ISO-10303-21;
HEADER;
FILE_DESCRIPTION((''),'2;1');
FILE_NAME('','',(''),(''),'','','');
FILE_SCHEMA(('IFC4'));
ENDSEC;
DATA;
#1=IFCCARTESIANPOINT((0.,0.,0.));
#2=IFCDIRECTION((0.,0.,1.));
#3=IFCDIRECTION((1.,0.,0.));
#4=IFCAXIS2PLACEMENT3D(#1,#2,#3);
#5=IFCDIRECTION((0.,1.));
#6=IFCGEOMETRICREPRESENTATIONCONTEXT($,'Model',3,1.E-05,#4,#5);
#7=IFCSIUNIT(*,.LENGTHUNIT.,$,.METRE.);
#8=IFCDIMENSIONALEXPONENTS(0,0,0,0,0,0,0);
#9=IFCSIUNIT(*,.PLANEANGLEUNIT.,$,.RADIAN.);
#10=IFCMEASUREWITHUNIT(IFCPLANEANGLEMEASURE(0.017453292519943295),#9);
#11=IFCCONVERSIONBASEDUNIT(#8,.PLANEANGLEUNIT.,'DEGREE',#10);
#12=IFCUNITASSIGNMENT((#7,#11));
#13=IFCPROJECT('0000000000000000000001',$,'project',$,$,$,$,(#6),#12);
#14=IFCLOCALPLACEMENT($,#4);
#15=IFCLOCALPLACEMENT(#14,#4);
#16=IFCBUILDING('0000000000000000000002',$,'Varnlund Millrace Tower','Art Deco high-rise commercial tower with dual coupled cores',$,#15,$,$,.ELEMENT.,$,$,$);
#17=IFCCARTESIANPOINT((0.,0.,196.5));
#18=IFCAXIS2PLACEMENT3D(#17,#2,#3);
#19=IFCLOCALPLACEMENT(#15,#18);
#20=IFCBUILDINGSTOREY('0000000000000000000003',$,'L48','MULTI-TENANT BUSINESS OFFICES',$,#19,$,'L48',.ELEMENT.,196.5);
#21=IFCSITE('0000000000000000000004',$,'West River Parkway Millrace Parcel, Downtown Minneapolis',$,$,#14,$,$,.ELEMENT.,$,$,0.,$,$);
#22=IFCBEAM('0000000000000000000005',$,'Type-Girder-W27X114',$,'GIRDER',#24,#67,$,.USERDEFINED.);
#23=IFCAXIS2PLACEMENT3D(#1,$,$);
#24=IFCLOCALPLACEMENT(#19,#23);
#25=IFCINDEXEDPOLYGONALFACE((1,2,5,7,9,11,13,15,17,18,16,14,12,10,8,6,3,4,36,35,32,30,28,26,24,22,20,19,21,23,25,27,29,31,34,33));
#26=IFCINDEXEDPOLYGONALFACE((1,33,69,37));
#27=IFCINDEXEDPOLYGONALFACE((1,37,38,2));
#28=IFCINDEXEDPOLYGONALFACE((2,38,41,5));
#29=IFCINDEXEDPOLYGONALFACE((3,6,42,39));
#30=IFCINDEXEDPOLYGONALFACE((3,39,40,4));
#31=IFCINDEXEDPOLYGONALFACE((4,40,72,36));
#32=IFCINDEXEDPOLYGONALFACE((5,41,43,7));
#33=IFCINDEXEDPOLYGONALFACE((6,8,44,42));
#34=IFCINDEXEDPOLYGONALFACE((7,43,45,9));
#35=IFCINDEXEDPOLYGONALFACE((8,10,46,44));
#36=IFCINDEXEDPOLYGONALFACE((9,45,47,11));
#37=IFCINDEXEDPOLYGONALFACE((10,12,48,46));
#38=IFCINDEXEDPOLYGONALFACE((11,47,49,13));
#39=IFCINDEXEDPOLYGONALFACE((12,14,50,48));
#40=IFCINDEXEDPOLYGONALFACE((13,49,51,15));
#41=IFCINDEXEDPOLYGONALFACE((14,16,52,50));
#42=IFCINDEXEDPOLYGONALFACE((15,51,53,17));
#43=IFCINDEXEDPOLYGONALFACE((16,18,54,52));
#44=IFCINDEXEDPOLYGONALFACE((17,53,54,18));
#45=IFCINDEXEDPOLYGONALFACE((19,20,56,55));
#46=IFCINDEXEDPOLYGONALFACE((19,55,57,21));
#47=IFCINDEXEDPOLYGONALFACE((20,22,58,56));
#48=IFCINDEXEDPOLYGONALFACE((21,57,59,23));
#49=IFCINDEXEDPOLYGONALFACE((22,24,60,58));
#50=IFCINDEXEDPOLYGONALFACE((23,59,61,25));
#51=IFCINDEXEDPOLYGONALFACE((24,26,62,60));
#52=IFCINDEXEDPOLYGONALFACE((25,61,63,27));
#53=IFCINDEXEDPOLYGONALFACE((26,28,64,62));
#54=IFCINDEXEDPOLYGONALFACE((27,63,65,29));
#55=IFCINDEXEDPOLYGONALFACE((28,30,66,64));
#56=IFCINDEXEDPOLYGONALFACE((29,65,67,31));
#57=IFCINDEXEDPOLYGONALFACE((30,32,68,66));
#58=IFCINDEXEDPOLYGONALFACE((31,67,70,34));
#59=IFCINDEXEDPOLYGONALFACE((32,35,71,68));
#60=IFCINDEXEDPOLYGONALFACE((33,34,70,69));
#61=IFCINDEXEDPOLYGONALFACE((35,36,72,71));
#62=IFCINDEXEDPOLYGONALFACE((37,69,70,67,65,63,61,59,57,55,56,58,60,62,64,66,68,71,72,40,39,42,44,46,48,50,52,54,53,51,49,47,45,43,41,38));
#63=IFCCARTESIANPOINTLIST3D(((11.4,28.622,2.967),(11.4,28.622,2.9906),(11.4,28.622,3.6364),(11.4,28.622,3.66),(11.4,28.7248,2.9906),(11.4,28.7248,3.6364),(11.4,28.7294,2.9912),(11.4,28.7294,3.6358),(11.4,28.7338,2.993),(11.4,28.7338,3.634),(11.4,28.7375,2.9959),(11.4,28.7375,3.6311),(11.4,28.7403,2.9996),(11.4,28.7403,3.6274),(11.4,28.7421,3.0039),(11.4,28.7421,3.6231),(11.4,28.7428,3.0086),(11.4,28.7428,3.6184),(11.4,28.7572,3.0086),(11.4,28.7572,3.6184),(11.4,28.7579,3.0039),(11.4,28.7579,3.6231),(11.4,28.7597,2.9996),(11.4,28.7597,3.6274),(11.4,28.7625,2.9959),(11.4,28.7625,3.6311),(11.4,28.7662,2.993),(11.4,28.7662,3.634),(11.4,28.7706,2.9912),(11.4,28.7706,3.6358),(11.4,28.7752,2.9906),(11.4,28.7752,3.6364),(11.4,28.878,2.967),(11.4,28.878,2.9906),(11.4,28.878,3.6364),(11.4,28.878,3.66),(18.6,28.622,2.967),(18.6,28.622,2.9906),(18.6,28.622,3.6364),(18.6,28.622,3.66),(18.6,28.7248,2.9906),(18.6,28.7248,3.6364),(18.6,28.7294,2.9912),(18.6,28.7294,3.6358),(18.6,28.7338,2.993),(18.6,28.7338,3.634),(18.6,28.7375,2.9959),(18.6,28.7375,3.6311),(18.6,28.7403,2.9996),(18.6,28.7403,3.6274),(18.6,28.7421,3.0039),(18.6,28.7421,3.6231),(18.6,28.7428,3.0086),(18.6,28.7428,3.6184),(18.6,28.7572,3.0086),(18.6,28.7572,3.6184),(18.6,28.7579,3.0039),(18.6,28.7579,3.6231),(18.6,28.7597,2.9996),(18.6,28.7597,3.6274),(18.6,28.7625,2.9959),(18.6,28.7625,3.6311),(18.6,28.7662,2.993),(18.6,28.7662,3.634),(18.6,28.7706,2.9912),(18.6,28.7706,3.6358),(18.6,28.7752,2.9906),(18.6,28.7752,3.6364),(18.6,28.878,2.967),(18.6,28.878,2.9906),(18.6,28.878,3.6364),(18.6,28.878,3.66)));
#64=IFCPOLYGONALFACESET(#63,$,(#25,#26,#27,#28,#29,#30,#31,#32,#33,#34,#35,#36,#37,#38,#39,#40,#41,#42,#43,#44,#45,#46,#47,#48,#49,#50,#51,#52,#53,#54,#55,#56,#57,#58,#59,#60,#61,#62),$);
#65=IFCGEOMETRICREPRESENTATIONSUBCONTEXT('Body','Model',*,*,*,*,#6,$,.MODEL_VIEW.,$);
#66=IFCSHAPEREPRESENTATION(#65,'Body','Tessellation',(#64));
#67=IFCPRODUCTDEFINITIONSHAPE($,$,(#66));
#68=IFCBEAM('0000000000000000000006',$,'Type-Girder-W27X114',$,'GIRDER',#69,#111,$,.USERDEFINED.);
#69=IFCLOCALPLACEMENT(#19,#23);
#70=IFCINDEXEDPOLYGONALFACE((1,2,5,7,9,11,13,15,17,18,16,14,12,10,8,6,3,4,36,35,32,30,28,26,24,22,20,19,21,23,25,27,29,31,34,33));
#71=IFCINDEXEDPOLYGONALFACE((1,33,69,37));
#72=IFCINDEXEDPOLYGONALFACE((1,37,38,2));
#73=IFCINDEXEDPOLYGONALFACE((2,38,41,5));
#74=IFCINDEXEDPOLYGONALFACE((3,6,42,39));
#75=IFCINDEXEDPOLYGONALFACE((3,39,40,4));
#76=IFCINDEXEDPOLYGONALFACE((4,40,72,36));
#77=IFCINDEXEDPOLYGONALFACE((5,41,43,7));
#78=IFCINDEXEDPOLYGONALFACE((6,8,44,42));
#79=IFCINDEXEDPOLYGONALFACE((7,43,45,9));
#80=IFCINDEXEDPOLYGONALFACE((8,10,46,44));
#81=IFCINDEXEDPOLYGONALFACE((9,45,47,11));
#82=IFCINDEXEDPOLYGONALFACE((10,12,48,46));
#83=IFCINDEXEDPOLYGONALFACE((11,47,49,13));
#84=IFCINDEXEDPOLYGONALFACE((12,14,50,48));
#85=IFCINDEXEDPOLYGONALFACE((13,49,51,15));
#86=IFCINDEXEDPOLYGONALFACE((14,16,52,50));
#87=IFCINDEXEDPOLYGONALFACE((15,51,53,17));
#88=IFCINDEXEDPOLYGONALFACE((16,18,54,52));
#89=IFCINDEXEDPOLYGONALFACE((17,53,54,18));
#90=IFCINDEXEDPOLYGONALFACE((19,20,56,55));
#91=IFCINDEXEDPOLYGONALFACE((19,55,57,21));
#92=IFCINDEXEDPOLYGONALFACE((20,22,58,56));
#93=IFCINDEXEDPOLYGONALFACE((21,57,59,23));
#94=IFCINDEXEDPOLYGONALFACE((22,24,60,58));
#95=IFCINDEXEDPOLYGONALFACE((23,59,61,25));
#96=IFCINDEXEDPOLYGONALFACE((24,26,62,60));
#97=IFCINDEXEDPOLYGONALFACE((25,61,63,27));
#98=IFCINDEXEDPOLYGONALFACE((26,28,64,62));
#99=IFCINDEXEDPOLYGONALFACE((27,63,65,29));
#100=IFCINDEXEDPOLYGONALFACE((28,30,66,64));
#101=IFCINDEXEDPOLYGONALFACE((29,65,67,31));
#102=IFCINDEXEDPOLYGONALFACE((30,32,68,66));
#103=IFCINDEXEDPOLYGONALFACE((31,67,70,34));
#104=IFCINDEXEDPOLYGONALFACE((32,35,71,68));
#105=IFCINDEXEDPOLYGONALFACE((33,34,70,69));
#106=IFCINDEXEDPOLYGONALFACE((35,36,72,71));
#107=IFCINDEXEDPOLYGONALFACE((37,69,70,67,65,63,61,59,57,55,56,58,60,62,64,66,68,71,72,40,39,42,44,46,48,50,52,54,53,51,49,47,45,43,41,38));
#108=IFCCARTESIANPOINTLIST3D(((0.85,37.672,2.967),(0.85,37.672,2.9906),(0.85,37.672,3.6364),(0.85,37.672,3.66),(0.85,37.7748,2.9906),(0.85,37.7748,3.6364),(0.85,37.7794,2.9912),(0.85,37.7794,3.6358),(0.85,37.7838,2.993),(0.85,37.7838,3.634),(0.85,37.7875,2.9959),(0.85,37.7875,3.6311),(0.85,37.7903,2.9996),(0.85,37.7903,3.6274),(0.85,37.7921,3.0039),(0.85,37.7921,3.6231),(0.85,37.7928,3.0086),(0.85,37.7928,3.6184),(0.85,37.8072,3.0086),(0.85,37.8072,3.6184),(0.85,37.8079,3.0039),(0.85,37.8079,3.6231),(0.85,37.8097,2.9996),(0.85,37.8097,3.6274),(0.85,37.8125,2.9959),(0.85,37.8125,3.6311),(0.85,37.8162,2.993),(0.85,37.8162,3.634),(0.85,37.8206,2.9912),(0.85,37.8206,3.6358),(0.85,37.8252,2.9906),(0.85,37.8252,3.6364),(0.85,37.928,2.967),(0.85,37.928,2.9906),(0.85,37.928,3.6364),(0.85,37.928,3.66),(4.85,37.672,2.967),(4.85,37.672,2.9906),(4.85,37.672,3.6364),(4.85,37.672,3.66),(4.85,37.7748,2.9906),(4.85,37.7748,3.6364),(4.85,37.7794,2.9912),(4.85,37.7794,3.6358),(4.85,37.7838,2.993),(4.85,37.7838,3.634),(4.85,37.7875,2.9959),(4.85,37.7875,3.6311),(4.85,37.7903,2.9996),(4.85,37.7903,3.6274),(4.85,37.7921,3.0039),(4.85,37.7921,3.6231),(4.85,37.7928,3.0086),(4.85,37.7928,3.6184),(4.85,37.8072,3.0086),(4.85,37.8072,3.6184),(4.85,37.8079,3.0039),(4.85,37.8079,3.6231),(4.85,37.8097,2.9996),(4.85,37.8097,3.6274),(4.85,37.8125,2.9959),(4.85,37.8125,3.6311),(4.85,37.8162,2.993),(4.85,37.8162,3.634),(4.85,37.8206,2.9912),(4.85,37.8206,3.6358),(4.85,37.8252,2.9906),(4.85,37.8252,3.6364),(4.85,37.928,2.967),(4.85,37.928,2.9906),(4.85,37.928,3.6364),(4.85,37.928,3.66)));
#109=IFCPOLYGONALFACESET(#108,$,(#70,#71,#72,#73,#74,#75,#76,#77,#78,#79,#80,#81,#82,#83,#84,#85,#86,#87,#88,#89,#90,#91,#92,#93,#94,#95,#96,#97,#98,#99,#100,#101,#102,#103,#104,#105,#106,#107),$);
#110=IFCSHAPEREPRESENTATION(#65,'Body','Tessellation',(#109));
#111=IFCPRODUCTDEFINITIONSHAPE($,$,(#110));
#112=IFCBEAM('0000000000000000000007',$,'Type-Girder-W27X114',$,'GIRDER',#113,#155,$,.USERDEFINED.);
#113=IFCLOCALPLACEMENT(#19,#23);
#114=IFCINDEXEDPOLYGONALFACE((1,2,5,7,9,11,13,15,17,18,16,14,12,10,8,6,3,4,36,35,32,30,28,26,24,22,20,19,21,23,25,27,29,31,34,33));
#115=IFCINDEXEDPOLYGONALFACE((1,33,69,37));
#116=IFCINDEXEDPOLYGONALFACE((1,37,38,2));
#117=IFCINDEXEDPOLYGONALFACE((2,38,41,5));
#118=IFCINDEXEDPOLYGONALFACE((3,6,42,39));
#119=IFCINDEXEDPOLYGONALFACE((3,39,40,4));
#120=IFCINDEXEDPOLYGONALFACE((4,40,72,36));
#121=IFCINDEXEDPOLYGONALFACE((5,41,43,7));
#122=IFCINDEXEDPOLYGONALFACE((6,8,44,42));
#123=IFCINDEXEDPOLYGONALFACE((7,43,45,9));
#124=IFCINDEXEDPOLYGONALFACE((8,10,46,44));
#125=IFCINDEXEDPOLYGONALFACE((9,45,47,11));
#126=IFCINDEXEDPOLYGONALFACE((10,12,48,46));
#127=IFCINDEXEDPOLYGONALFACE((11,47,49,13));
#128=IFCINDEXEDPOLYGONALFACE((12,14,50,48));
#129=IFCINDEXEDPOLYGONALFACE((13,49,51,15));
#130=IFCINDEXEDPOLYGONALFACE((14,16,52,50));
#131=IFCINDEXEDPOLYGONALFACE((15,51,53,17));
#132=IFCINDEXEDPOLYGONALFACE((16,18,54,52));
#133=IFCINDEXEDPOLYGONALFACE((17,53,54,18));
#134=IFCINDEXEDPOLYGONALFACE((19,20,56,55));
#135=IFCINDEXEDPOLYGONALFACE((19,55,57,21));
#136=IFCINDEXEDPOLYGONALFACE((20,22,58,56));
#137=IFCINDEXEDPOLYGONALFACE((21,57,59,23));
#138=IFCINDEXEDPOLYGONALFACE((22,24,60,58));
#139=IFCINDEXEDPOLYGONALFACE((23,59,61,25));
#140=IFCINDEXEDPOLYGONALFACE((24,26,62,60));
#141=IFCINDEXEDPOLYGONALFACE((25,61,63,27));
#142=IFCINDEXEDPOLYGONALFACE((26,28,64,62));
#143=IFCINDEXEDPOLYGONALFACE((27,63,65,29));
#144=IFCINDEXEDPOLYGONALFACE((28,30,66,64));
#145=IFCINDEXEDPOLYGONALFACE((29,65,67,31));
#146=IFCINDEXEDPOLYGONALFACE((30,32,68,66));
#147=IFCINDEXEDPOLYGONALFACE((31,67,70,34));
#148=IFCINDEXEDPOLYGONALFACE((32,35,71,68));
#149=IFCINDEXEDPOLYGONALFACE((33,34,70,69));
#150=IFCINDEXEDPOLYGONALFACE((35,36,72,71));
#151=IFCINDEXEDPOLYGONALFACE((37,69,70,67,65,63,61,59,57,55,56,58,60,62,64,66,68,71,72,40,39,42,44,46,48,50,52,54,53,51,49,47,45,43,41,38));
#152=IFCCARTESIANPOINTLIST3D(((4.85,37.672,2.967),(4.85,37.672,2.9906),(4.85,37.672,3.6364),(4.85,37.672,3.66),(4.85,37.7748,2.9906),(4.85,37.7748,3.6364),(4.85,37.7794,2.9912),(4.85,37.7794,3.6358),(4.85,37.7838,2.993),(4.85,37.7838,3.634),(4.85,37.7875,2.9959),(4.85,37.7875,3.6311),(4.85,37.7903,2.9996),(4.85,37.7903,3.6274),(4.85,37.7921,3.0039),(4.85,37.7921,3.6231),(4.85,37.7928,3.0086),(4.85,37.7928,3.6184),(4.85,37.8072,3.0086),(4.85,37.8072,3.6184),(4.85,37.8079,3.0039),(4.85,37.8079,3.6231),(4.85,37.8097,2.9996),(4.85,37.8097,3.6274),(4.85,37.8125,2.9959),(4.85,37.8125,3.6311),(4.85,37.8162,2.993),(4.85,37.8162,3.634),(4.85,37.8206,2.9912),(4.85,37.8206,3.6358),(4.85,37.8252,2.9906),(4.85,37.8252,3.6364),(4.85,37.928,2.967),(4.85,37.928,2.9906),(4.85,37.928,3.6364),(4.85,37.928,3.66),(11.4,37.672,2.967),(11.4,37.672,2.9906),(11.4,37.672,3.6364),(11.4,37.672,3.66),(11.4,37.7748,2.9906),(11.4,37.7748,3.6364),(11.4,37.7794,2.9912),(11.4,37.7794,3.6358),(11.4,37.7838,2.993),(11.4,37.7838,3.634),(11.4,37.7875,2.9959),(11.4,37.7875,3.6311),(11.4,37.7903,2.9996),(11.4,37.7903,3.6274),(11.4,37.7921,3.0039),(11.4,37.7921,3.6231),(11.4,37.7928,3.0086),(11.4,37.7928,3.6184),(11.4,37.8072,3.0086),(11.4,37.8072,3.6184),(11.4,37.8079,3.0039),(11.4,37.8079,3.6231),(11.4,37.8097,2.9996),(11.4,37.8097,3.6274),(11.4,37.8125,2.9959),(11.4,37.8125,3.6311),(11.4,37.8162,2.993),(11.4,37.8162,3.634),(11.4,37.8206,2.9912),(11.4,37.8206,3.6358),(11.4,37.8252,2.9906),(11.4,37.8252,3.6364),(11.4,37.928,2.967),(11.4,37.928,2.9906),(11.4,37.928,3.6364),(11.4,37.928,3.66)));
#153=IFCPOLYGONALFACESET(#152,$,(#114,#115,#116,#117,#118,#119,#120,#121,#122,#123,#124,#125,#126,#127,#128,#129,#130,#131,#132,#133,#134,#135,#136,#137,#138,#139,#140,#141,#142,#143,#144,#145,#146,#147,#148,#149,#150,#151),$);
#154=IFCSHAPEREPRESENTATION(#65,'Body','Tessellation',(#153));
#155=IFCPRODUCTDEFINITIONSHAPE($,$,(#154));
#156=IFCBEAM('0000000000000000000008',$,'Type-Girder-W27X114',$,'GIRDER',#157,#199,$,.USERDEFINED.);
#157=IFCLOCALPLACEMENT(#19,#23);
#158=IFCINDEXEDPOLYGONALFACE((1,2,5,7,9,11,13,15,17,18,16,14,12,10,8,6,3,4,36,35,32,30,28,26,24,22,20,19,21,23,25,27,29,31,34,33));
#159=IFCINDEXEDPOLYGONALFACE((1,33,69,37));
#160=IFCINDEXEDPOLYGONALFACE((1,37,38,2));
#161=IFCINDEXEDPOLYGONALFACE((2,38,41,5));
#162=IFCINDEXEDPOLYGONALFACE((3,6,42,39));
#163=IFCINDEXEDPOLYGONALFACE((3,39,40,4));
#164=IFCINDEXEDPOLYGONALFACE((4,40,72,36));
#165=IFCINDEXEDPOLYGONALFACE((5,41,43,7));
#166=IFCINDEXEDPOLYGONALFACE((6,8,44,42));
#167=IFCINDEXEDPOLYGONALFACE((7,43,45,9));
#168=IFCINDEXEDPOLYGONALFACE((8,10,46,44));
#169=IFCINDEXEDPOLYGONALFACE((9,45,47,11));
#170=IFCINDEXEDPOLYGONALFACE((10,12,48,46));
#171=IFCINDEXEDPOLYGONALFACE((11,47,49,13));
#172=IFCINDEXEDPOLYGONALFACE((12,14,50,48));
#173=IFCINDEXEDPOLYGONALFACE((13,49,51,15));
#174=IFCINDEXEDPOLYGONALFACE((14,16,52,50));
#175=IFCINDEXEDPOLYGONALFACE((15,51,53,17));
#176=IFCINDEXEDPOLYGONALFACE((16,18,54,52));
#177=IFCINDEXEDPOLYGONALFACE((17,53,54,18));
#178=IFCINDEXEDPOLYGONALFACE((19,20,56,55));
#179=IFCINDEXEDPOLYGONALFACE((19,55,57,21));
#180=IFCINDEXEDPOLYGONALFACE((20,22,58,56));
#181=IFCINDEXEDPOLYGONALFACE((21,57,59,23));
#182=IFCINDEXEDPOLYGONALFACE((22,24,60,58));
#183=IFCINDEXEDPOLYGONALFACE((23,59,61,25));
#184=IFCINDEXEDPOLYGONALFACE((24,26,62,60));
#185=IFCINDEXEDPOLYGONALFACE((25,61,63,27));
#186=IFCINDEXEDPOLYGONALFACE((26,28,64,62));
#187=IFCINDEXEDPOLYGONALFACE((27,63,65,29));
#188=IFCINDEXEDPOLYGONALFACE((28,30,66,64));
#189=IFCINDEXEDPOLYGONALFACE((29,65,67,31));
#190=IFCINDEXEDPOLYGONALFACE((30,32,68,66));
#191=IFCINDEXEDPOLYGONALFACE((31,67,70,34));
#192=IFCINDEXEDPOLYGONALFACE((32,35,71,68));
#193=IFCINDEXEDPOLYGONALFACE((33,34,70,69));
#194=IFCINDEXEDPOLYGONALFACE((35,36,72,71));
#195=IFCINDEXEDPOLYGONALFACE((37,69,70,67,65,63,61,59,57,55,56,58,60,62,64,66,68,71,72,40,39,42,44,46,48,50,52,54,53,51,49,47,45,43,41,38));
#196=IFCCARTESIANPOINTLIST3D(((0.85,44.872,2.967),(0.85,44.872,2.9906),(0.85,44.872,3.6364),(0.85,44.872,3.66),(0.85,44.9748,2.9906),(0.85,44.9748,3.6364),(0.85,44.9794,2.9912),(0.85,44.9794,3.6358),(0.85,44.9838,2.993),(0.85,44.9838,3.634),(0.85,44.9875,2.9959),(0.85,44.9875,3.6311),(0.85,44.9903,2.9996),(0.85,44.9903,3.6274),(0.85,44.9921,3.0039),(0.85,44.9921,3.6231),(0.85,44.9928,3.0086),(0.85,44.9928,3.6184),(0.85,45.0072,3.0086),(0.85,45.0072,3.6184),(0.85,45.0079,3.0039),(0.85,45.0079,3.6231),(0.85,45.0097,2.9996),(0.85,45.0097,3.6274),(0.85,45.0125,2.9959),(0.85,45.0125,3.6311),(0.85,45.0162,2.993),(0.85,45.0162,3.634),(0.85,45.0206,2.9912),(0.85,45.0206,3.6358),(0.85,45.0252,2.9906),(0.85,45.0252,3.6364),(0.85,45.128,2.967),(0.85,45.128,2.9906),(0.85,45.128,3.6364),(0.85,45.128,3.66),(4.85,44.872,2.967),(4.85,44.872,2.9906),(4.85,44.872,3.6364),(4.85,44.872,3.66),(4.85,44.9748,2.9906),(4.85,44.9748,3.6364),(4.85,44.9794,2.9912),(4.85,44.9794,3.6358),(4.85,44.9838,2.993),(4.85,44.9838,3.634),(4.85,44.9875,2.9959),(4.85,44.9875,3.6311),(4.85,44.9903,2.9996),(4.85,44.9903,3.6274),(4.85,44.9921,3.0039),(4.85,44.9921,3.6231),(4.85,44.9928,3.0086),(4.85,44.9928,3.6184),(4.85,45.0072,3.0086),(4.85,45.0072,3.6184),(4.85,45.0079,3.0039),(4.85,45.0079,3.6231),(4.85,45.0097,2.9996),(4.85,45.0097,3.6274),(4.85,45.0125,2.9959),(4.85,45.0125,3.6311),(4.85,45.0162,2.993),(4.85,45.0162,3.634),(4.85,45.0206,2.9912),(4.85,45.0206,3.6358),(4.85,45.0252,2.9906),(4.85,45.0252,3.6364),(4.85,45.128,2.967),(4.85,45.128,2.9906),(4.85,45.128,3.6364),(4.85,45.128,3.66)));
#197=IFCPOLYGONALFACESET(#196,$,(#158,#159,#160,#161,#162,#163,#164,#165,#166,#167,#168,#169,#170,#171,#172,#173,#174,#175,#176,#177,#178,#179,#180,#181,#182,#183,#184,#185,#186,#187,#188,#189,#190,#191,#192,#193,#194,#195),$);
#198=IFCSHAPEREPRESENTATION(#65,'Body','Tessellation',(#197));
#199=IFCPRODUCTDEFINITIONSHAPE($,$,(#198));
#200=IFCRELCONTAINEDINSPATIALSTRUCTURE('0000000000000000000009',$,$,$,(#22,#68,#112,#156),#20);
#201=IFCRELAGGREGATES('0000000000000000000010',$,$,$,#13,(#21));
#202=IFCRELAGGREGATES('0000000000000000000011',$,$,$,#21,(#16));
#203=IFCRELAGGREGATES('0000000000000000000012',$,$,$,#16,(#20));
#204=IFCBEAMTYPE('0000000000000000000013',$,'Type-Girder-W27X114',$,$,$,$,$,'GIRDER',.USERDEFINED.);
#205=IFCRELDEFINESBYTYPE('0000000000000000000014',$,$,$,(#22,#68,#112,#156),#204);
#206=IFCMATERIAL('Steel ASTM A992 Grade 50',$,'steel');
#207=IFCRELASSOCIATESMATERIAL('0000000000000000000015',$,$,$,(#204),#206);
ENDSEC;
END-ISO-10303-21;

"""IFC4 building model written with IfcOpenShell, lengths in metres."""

from ifc_helpers import new_model, entity, si_unit, converted_unit, direction, frame, origin_with_axes, origin_2d_with_axis, place, context, subcontext, project, spatial, i_section, extrude, material, material_profile, profile_set, type_object, element, save


model = new_model("IFC4")

# Units and contexts
model_context = context("Model", 3, precision=1e-05, world=origin_with_axes(), true_north=direction((0.0, 1.0)))
body_context = subcontext(model_context, "Body", "Model", "MODEL_VIEW")
ifc_project = project(units=[si_unit("LENGTHUNIT", "METRE"), converted_unit("PLANEANGLEUNIT", "DEGREE", entity("IfcPlaneAngleMeasure", 0.017453292519943295), si_unit("PLANEANGLEUNIT", "RADIAN"), dimensions=[0, 0, 0, 0, 0, 0, 0])], contexts=[model_context])

# Site, building, storey
site_placement = place(None, origin_with_axes())
site = spatial("IfcSite", under=ifc_project, at=site_placement, Name="West River Parkway Millrace Parcel, Downtown Minneapolis", CompositionType="ELEMENT", RefElevation=0.0)
building_placement = place(site_placement, origin_with_axes())
building = spatial("IfcBuilding", under=site, at=building_placement, Name="Varnlund Millrace Tower", Description="Art Deco high-rise commercial tower with dual coupled cores", CompositionType="ELEMENT")
storey_placement = place(building_placement, frame((0.0, 0.0, 196.5), z_axis=(0.0, 0.0, 1.0), x_axis=(1.0, 0.0, 0.0)))
storey = spatial("IfcBuildingStorey", under=building, at=storey_placement, Name="L48", Description="MULTI-TENANT BUSINESS OFFICES", LongName="L48", CompositionType="ELEMENT", Elevation=196.5)

# Beams
ifc_material_1 = material(Name="Steel ASTM A992 Grade 50", Category="steel")
ifc_material_profile_1 = material_profile(ifc_material_1, i_section(OverallWidth=0.256, OverallDepth=0.693, WebThickness=0.0145, FlangeThickness=0.0236, FilletRadius=0.018, at=origin_2d_with_axis()), Name="Steel ASTM A992 Grade 50")
ifc_profile_set_1 = profile_set([ifc_material_profile_1], Name="Steel ASTM A992 Grade 50")
beam_type_1 = type_object("IfcBeamType", Name="Type-Girder-W27X114", ElementType="GIRDER", PredefinedType="USERDEFINED", material=ifc_profile_set_1)
beam_1_placement = place(storey_placement, frame((11.4, 28.75, 3.3135), z_axis=(1.0, 0.0, 0.0), x_axis=(0.0, 1.0, 0.0)))
element("IfcBeam", 1, at=beam_1_placement, inside=storey, type_object=beam_type_1, Name="Type-Girder-W27X114", ObjectType="GIRDER", PredefinedType="USERDEFINED", context=body_context, shape_type="SweptSolid", body=[
    extrude(i_section(OverallWidth=0.256, OverallDepth=0.693, WebThickness=0.0145, FlangeThickness=0.0236, FilletRadius=0.018, at=origin_2d_with_axis()), origin_with_axes(), (0.0, 0.0, 1.0), 7.2),
])
beam_2_placement = place(storey_placement, frame((0.85, 37.8, 3.3135), z_axis=(1.0, 0.0, 0.0), x_axis=(0.0, 1.0, 0.0)))
element("IfcBeam", 2, at=beam_2_placement, inside=storey, type_object=beam_type_1, Name="Type-Girder-W27X114", ObjectType="GIRDER", PredefinedType="USERDEFINED", context=body_context, shape_type="SweptSolid", body=[
    extrude(i_section(OverallWidth=0.256, OverallDepth=0.693, WebThickness=0.0145, FlangeThickness=0.0236, FilletRadius=0.018, at=origin_2d_with_axis()), origin_with_axes(), (0.0, 0.0, 1.0), 4.0),
])
beam_3_placement = place(storey_placement, frame((4.85, 37.8, 3.3135), z_axis=(1.0, 0.0, 0.0), x_axis=(0.0, 1.0, 0.0)))
element("IfcBeam", 3, at=beam_3_placement, inside=storey, type_object=beam_type_1, Name="Type-Girder-W27X114", ObjectType="GIRDER", PredefinedType="USERDEFINED", context=body_context, shape_type="SweptSolid", body=[
    extrude(i_section(OverallWidth=0.256, OverallDepth=0.693, WebThickness=0.0145, FlangeThickness=0.0236, FilletRadius=0.018, at=origin_2d_with_axis()), origin_with_axes(), (0.0, 0.0, 1.0), 6.55),
])
beam_4_placement = place(storey_placement, frame((0.85, 45.0, 3.3135), z_axis=(1.0, 0.0, 0.0), x_axis=(0.0, 1.0, 0.0)))
element("IfcBeam", 4, at=beam_4_placement, inside=storey, type_object=beam_type_1, Name="Type-Girder-W27X114", ObjectType="GIRDER", PredefinedType="USERDEFINED", context=body_context, shape_type="SweptSolid", body=[
    extrude(i_section(OverallWidth=0.256, OverallDepth=0.693, WebThickness=0.0145, FlangeThickness=0.0236, FilletRadius=0.018, at=origin_2d_with_axis()), origin_with_axes(), (0.0, 0.0, 1.0), 4.0),
])

save(model, "model.ifc")
